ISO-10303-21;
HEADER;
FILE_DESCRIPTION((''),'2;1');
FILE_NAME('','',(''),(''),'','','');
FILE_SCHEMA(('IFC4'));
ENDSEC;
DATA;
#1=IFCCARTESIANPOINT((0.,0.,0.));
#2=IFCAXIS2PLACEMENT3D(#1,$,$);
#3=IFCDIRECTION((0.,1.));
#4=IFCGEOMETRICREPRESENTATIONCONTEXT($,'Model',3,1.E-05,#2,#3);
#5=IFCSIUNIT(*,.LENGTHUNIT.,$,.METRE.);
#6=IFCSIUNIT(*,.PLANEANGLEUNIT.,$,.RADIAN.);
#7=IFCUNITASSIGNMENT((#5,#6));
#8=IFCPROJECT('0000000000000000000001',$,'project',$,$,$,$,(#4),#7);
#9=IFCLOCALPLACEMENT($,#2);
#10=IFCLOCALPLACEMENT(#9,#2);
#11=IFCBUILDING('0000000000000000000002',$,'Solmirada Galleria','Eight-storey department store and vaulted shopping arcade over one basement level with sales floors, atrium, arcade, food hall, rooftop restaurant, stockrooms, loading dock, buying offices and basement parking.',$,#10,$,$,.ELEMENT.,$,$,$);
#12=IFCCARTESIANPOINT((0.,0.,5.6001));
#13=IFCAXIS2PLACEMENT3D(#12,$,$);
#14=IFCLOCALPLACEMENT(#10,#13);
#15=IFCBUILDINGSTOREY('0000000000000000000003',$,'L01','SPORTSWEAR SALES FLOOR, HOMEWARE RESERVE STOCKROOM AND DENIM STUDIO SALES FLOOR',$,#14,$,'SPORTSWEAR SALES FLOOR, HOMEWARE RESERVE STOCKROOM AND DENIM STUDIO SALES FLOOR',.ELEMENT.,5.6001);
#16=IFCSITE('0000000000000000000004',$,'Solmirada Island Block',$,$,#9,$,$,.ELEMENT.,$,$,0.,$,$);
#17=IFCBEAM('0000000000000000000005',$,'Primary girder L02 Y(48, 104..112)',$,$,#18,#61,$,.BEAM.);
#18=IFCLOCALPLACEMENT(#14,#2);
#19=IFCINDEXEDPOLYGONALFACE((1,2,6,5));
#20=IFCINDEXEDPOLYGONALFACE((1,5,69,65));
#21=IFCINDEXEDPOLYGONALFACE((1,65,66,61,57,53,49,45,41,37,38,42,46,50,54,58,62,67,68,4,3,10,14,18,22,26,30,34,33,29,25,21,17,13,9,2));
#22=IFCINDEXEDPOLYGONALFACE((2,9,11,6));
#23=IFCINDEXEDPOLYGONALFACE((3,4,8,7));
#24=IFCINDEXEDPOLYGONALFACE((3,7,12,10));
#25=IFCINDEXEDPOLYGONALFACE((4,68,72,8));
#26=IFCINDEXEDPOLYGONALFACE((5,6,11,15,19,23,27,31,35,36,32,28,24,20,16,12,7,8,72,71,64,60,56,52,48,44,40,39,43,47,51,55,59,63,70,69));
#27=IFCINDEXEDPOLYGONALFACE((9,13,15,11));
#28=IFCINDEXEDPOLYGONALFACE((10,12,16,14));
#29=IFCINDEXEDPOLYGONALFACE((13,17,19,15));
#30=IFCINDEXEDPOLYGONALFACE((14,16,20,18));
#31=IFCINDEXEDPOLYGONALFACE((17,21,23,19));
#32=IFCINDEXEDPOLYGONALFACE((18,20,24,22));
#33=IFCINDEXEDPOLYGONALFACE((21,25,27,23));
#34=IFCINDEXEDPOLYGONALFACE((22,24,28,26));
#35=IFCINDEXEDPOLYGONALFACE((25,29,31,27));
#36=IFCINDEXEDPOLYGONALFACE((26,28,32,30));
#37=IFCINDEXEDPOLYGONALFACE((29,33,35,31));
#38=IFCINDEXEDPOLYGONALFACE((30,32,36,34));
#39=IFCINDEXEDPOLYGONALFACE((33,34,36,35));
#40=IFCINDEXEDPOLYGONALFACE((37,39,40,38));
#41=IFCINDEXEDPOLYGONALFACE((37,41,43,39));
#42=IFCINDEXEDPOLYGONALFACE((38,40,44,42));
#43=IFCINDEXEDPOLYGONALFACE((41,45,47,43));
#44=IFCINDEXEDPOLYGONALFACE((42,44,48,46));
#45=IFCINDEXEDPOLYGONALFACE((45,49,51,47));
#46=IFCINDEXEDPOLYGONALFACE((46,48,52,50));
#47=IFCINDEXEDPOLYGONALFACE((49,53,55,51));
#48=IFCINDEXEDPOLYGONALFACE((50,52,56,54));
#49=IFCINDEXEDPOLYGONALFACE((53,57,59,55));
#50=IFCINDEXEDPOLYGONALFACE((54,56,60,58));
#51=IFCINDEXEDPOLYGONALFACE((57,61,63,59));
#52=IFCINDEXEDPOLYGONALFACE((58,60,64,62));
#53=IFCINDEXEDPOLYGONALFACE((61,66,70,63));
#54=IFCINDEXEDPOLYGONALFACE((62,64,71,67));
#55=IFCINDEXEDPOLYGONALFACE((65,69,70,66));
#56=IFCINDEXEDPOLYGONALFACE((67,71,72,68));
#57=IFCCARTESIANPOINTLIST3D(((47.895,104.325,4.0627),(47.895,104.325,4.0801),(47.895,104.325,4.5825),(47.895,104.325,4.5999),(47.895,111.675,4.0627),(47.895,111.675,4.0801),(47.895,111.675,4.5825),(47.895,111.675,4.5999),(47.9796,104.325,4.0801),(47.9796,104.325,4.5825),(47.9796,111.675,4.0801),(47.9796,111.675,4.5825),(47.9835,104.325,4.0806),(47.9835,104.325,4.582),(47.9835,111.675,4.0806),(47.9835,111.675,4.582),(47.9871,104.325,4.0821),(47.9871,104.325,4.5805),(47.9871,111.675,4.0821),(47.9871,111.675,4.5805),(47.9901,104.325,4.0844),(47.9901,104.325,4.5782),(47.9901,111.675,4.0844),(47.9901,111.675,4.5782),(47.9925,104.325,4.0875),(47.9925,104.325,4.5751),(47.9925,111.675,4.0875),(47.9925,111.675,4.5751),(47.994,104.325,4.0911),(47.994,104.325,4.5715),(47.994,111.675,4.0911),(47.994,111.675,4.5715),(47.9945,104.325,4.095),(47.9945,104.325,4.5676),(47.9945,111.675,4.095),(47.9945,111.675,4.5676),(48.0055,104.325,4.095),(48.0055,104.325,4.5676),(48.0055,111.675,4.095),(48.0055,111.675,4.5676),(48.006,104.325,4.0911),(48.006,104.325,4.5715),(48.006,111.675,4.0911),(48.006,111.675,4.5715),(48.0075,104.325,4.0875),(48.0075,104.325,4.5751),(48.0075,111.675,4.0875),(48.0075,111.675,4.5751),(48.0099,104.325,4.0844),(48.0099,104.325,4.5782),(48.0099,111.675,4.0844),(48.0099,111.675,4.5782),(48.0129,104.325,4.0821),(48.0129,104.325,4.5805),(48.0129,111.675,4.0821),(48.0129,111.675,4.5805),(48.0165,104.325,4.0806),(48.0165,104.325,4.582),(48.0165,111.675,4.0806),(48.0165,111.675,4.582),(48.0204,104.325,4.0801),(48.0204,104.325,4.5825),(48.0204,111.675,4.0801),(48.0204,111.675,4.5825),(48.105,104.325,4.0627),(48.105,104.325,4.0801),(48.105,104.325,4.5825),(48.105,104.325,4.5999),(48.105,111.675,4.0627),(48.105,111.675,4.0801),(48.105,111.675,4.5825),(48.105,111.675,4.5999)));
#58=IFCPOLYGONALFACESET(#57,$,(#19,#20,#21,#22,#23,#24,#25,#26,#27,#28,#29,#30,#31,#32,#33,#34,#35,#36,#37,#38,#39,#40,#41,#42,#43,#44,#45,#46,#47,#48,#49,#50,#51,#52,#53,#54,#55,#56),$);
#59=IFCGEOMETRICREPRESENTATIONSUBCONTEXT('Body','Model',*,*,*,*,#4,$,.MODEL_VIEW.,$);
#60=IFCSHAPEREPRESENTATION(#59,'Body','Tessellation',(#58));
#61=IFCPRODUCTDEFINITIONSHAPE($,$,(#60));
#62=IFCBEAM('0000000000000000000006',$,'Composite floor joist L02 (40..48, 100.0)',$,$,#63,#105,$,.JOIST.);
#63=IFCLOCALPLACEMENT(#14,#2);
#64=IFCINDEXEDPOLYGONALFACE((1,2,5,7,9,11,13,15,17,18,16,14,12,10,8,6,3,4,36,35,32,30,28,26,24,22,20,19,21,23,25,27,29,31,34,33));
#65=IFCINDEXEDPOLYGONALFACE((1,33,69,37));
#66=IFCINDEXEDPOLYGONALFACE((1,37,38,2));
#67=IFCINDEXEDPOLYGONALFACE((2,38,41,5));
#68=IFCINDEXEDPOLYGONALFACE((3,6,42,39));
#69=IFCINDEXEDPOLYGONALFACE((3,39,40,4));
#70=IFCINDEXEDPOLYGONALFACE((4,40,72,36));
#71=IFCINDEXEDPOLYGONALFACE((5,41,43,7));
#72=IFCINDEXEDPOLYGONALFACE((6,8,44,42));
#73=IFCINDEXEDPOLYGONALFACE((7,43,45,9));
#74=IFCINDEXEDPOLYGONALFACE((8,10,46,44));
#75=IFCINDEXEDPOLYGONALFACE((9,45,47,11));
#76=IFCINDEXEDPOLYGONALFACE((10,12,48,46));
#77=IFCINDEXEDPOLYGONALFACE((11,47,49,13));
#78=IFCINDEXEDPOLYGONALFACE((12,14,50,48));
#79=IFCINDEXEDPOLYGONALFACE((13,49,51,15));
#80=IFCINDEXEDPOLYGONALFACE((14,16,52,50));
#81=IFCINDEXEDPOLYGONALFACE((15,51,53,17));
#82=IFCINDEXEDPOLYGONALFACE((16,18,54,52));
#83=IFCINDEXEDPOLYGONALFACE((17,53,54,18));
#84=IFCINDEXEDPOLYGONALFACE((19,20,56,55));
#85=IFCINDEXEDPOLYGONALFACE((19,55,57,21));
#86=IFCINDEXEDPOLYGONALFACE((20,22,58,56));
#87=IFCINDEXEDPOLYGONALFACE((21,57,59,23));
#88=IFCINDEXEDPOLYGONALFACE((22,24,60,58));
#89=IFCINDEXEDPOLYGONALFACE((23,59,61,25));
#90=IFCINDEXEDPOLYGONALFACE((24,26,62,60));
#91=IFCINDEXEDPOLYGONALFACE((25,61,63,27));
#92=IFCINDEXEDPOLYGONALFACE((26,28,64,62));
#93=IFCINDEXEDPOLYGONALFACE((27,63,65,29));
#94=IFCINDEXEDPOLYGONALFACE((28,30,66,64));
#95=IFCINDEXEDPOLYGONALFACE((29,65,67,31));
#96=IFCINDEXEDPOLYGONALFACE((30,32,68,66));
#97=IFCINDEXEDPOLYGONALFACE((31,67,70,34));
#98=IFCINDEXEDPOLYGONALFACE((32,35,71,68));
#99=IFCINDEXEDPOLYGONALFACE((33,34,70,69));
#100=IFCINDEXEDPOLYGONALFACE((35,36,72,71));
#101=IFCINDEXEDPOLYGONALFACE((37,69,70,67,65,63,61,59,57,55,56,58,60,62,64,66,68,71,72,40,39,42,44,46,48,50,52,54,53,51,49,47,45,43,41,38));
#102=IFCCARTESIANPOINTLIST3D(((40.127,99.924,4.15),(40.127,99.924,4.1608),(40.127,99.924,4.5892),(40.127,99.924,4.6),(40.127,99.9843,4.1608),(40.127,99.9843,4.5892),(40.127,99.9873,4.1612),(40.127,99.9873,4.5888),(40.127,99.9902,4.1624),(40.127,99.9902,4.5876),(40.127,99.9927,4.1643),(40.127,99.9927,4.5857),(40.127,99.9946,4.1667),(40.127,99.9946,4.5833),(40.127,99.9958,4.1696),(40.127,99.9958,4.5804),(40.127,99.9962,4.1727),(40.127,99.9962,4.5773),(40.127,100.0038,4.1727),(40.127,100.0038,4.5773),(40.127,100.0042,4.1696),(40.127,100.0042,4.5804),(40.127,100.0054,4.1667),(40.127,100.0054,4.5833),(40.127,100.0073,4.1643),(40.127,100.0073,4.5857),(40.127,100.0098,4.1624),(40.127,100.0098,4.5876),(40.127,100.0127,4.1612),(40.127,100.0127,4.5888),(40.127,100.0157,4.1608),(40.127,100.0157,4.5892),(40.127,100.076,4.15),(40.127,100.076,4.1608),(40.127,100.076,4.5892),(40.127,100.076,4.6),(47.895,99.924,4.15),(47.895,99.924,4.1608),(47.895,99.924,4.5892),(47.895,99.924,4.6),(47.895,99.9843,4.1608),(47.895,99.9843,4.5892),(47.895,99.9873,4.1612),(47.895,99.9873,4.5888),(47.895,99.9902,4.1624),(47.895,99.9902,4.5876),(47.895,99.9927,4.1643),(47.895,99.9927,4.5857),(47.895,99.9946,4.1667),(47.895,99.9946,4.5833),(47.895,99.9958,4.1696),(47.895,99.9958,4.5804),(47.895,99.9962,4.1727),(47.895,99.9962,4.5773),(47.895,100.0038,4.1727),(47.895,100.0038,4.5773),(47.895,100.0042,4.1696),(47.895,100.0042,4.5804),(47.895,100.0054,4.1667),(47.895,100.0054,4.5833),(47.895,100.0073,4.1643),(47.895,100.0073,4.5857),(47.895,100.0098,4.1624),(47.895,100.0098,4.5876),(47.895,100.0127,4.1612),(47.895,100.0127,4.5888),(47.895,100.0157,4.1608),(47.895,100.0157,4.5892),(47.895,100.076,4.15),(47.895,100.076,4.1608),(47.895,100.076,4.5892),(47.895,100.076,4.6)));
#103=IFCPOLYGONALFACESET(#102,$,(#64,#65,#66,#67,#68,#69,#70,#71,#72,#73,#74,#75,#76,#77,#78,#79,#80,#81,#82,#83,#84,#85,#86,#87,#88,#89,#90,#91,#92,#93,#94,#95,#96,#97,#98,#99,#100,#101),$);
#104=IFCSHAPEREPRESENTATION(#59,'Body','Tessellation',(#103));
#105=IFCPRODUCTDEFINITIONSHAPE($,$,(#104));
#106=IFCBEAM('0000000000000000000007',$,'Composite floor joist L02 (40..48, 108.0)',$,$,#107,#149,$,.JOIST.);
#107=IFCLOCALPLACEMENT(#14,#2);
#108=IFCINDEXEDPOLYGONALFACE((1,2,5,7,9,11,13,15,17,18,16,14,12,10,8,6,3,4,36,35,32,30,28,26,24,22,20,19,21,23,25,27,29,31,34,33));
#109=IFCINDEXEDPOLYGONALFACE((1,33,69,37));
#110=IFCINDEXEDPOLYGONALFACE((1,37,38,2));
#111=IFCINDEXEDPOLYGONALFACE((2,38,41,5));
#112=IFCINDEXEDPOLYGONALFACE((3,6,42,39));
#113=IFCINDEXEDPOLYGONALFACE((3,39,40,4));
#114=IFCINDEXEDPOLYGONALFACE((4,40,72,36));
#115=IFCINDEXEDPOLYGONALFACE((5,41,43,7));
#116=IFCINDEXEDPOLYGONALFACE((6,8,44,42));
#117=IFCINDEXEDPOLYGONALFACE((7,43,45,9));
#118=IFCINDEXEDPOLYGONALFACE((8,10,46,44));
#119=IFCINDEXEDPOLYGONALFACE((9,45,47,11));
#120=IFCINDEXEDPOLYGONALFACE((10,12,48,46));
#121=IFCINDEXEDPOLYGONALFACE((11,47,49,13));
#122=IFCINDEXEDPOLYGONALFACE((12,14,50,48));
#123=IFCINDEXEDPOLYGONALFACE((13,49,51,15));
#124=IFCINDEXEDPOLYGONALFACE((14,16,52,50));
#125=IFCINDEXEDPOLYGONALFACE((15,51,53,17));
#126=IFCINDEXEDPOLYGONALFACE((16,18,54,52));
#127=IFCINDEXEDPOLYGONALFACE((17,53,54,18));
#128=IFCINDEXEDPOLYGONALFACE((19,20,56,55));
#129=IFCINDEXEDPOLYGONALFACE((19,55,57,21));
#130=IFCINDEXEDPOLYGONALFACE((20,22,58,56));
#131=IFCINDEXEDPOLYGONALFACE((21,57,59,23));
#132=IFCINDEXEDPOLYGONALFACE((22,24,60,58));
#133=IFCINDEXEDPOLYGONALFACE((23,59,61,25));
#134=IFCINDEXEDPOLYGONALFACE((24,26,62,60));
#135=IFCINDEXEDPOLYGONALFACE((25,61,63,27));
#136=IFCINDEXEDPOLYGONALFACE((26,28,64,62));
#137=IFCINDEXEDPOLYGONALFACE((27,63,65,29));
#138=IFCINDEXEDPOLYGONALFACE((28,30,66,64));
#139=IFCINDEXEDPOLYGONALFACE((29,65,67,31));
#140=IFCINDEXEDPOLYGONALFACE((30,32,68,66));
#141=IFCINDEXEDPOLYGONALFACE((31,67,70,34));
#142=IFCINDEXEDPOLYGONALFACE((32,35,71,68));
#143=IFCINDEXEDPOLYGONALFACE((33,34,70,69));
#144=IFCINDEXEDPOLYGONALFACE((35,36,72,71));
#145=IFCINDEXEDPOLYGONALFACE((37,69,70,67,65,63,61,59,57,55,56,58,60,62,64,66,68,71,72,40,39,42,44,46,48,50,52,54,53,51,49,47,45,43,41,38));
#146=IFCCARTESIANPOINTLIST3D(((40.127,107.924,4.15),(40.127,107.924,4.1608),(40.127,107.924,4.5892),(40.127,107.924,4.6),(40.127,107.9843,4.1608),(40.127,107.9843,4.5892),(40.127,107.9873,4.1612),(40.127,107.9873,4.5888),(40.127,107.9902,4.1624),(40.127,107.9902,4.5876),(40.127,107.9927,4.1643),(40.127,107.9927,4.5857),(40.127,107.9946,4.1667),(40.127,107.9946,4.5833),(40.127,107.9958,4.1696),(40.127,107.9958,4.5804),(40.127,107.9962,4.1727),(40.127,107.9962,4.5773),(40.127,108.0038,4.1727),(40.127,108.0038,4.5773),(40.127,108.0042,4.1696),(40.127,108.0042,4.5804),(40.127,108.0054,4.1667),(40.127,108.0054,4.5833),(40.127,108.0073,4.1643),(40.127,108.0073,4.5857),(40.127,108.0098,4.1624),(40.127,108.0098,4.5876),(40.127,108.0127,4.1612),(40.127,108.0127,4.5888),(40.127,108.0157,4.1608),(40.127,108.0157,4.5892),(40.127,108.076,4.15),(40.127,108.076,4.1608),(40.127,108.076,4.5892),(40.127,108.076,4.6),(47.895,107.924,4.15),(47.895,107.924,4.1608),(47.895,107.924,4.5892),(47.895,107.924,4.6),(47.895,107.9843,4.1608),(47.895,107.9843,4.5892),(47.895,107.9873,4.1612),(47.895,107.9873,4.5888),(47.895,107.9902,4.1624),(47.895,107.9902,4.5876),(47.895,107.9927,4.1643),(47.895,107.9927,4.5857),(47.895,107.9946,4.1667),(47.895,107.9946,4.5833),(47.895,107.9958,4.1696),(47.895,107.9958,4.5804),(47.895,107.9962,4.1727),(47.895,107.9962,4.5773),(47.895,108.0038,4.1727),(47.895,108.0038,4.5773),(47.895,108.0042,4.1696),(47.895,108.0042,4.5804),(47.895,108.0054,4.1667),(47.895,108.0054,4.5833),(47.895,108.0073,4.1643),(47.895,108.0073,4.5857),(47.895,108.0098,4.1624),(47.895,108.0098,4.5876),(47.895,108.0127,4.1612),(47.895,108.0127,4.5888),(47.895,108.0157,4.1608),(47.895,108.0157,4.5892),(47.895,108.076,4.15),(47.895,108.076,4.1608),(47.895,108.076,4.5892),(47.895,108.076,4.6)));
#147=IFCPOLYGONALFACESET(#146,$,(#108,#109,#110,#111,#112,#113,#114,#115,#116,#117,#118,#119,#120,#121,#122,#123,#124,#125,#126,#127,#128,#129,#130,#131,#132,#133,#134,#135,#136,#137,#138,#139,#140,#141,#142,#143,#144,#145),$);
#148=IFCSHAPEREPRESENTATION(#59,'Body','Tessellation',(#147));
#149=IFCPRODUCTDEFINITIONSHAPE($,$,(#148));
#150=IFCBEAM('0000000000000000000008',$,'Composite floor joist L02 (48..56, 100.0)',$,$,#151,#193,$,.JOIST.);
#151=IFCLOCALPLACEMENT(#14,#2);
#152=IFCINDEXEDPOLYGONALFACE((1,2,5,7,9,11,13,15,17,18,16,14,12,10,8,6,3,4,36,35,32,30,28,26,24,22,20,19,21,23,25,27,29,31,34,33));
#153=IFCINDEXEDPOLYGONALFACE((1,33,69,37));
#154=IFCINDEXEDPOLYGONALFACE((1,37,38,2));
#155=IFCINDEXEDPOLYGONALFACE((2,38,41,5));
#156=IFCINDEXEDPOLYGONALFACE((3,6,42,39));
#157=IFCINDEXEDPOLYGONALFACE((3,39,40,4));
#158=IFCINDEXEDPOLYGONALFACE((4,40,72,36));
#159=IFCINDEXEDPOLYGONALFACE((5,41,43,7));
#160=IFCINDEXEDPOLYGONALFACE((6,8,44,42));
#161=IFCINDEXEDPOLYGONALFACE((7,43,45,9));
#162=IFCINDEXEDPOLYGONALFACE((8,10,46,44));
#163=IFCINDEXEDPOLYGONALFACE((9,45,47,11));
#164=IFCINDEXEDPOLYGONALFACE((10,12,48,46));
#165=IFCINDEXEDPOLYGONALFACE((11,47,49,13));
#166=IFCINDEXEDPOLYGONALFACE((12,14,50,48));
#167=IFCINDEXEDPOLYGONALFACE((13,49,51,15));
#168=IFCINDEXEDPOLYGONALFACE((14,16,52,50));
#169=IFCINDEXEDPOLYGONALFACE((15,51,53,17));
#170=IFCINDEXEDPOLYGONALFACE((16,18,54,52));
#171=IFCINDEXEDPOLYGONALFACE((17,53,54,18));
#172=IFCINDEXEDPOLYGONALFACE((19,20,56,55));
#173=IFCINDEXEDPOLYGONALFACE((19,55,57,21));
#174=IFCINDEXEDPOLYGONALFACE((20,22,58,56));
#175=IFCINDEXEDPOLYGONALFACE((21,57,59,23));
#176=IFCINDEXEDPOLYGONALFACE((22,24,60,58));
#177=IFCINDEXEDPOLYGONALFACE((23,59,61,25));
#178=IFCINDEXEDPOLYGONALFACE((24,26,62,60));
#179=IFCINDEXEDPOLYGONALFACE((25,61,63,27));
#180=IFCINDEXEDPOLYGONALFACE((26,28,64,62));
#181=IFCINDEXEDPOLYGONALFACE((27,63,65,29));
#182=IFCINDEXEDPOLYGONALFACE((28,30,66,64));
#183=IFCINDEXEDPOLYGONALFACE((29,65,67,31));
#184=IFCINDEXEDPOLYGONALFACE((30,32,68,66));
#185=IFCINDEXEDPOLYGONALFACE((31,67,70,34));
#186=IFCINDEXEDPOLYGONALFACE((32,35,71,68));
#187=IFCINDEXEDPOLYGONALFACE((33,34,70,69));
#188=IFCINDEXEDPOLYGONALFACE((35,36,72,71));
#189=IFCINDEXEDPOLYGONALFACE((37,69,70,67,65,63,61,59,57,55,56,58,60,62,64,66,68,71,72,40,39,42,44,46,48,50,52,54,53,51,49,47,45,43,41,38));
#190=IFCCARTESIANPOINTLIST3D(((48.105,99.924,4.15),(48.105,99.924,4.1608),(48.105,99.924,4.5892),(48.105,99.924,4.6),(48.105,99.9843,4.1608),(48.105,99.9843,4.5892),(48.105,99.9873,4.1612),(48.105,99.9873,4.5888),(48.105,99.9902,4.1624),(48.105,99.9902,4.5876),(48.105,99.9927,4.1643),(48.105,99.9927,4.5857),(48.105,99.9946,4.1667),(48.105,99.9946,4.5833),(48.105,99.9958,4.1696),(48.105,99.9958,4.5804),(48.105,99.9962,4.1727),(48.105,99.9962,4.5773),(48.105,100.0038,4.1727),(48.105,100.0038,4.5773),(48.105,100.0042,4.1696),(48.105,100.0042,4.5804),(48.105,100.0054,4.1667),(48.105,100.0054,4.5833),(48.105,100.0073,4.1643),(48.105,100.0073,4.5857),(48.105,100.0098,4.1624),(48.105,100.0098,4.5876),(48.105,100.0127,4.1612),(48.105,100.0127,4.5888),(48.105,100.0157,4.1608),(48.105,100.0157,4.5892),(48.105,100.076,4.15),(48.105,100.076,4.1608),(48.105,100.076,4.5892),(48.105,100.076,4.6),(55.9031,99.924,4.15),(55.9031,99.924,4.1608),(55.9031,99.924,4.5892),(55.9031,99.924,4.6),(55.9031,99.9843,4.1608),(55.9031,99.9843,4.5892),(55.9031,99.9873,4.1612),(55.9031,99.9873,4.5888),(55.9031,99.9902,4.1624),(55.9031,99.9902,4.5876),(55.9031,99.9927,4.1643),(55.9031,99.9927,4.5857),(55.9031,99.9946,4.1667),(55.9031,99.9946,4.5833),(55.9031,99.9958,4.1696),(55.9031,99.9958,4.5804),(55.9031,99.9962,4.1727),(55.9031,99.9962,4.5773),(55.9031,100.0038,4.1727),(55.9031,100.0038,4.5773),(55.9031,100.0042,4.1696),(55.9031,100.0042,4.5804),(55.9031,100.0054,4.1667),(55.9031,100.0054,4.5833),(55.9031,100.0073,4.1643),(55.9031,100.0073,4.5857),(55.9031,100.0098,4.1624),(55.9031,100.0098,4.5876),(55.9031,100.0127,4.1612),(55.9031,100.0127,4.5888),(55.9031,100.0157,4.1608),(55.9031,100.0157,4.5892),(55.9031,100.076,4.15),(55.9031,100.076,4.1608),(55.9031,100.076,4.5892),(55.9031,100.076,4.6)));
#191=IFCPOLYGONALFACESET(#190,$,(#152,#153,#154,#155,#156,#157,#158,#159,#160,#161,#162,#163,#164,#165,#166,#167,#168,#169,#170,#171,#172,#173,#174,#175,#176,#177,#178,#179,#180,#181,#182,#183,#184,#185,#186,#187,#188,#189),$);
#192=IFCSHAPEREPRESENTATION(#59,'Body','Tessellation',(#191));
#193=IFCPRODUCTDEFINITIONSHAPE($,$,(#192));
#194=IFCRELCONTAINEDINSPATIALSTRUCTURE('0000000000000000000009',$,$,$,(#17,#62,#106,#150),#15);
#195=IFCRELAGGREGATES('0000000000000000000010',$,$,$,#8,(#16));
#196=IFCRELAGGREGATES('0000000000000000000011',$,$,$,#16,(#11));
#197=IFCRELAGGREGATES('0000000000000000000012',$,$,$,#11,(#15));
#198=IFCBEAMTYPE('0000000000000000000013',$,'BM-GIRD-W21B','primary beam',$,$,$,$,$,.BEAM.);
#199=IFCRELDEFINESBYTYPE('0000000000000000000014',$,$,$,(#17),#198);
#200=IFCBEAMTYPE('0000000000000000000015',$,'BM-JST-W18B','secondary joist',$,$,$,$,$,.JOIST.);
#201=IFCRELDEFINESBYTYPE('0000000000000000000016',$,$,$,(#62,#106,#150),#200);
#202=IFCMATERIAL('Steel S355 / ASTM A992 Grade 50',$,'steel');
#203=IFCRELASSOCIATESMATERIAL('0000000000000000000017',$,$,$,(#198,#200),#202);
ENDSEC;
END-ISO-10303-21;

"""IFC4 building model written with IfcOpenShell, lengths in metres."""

from ifc_helpers import new_model, si_unit, direction, frame, origin, origin_2d, place, context, subcontext, project, spatial, i_section, extrude, material, material_profile, profile_set, type_object, element, save


model = new_model("IFC4")

# Units and contexts
model_context = context("Model", 3, precision=1e-05, world=origin(), true_north=direction((0.0, 1.0)))
body_context = subcontext(model_context, "Body", "Model", "MODEL_VIEW")
ifc_project = project(units=[si_unit("LENGTHUNIT", "METRE"), si_unit("PLANEANGLEUNIT", "RADIAN")], contexts=[model_context])

# Site, building, storey
site_placement = place(None, origin())
site = spatial("IfcSite", under=ifc_project, at=site_placement, Name="Solmirada Island Block", CompositionType="ELEMENT", RefElevation=0.0)
building_placement = place(site_placement, origin())
building = spatial("IfcBuilding", under=site, at=building_placement, Name="Solmirada Galleria", Description="Eight-storey department store and vaulted shopping arcade over one basement level with sales floors, atrium, arcade, food hall, rooftop restaurant, stockrooms, loading dock, buying offices and basement parking.", CompositionType="ELEMENT")
storey_placement = place(building_placement, frame((0.0, 0.0, 5.6001)))
storey = spatial("IfcBuildingStorey", under=building, at=storey_placement, Name="L01", Description="SPORTSWEAR SALES FLOOR, HOMEWARE RESERVE STOCKROOM AND DENIM STUDIO SALES FLOOR", LongName="SPORTSWEAR SALES FLOOR, HOMEWARE RESERVE STOCKROOM AND DENIM STUDIO SALES FLOOR", CompositionType="ELEMENT", Elevation=5.6001)

# Beams
ifc_material_1 = material(Name="Steel S355 / ASTM A992 Grade 50", Category="steel")
ifc_material_profile_1 = material_profile(ifc_material_1, i_section(OverallWidth=0.21, OverallDepth=0.5371, WebThickness=0.011, FlangeThickness=0.0173, FilletRadius=0.0149, at=origin_2d()), Name="W21X68")
ifc_profile_set_1 = profile_set([ifc_material_profile_1], Name="Steel S355 / ASTM A992 Grade 50")
beam_type_1 = type_object("IfcBeamType", Name="BM-GIRD-W21B", Description="primary beam", PredefinedType="BEAM", material=ifc_profile_set_1)
for number, where, z_axis, x_axis, name in (
    (1, (48.0, 104.325, 4.3313), (0.0, 1.0, 0.0), (-1.0, 0.0, 0.0), "Primary girder L02 Y(48, 104..112)"),
):
    element("IfcBeam", number, at=place(storey_placement, frame(where, z_axis=z_axis, x_axis=x_axis)), inside=storey, type_object=beam_type_1, Name=name, PredefinedType="BEAM", context=body_context, shape_type="SweptSolid", body=[
        extrude(i_section(OverallWidth=0.21, OverallDepth=0.5371, WebThickness=0.011, FlangeThickness=0.0173, FilletRadius=0.0149, at=origin_2d()), origin(), (0.0, 0.0, 1.0), 7.3501),
    ])
ifc_material_profile_2 = material_profile(ifc_material_1, i_section(OverallWidth=0.1521, OverallDepth=0.45, WebThickness=0.0076, FlangeThickness=0.0107, FilletRadius=0.012, at=origin_2d()), Name="W18X35")
ifc_profile_set_2 = profile_set([ifc_material_profile_2], Name="Steel S355 / ASTM A992 Grade 50")
beam_type_2 = type_object("IfcBeamType", Name="BM-JST-W18B", Description="secondary joist", PredefinedType="JOIST", material=ifc_profile_set_2)
for number, where, z_axis, x_axis, name in (
    (2, (40.127, 100.0, 4.375), (1.0, 0.0, 0.0), (0.0, 1.0, 0.0), "Composite floor joist L02 (40..48, 100.0)"),
    (3, (40.127, 108.0, 4.375), (1.0, 0.0, 0.0), (0.0, 1.0, 0.0), "Composite floor joist L02 (40..48, 108.0)"),
):
    element("IfcBeam", number, at=place(storey_placement, frame(where, z_axis=z_axis, x_axis=x_axis)), inside=storey, type_object=beam_type_2, Name=name, PredefinedType="JOIST", context=body_context, shape_type="SweptSolid", body=[
        extrude(i_section(OverallWidth=0.1521, OverallDepth=0.45, WebThickness=0.0076, FlangeThickness=0.0107, FilletRadius=0.012, at=origin_2d()), origin(), (0.0, 0.0, 1.0), 7.7681),
    ])
for number, where, z_axis, x_axis, name in (
    (4, (48.105, 100.0, 4.375), (1.0, 0.0, 0.0), (0.0, 1.0, 0.0), "Composite floor joist L02 (48..56, 100.0)"),
):
    element("IfcBeam", number, at=place(storey_placement, frame(where, z_axis=z_axis, x_axis=x_axis)), inside=storey, type_object=beam_type_2, Name=name, PredefinedType="JOIST", context=body_context, shape_type="SweptSolid", body=[
        extrude(i_section(OverallWidth=0.1521, OverallDepth=0.45, WebThickness=0.0076, FlangeThickness=0.0107, FilletRadius=0.012, at=origin_2d()), origin(), (0.0, 0.0, 1.0), 7.7981),
    ])

save(model, "model.ifc")
